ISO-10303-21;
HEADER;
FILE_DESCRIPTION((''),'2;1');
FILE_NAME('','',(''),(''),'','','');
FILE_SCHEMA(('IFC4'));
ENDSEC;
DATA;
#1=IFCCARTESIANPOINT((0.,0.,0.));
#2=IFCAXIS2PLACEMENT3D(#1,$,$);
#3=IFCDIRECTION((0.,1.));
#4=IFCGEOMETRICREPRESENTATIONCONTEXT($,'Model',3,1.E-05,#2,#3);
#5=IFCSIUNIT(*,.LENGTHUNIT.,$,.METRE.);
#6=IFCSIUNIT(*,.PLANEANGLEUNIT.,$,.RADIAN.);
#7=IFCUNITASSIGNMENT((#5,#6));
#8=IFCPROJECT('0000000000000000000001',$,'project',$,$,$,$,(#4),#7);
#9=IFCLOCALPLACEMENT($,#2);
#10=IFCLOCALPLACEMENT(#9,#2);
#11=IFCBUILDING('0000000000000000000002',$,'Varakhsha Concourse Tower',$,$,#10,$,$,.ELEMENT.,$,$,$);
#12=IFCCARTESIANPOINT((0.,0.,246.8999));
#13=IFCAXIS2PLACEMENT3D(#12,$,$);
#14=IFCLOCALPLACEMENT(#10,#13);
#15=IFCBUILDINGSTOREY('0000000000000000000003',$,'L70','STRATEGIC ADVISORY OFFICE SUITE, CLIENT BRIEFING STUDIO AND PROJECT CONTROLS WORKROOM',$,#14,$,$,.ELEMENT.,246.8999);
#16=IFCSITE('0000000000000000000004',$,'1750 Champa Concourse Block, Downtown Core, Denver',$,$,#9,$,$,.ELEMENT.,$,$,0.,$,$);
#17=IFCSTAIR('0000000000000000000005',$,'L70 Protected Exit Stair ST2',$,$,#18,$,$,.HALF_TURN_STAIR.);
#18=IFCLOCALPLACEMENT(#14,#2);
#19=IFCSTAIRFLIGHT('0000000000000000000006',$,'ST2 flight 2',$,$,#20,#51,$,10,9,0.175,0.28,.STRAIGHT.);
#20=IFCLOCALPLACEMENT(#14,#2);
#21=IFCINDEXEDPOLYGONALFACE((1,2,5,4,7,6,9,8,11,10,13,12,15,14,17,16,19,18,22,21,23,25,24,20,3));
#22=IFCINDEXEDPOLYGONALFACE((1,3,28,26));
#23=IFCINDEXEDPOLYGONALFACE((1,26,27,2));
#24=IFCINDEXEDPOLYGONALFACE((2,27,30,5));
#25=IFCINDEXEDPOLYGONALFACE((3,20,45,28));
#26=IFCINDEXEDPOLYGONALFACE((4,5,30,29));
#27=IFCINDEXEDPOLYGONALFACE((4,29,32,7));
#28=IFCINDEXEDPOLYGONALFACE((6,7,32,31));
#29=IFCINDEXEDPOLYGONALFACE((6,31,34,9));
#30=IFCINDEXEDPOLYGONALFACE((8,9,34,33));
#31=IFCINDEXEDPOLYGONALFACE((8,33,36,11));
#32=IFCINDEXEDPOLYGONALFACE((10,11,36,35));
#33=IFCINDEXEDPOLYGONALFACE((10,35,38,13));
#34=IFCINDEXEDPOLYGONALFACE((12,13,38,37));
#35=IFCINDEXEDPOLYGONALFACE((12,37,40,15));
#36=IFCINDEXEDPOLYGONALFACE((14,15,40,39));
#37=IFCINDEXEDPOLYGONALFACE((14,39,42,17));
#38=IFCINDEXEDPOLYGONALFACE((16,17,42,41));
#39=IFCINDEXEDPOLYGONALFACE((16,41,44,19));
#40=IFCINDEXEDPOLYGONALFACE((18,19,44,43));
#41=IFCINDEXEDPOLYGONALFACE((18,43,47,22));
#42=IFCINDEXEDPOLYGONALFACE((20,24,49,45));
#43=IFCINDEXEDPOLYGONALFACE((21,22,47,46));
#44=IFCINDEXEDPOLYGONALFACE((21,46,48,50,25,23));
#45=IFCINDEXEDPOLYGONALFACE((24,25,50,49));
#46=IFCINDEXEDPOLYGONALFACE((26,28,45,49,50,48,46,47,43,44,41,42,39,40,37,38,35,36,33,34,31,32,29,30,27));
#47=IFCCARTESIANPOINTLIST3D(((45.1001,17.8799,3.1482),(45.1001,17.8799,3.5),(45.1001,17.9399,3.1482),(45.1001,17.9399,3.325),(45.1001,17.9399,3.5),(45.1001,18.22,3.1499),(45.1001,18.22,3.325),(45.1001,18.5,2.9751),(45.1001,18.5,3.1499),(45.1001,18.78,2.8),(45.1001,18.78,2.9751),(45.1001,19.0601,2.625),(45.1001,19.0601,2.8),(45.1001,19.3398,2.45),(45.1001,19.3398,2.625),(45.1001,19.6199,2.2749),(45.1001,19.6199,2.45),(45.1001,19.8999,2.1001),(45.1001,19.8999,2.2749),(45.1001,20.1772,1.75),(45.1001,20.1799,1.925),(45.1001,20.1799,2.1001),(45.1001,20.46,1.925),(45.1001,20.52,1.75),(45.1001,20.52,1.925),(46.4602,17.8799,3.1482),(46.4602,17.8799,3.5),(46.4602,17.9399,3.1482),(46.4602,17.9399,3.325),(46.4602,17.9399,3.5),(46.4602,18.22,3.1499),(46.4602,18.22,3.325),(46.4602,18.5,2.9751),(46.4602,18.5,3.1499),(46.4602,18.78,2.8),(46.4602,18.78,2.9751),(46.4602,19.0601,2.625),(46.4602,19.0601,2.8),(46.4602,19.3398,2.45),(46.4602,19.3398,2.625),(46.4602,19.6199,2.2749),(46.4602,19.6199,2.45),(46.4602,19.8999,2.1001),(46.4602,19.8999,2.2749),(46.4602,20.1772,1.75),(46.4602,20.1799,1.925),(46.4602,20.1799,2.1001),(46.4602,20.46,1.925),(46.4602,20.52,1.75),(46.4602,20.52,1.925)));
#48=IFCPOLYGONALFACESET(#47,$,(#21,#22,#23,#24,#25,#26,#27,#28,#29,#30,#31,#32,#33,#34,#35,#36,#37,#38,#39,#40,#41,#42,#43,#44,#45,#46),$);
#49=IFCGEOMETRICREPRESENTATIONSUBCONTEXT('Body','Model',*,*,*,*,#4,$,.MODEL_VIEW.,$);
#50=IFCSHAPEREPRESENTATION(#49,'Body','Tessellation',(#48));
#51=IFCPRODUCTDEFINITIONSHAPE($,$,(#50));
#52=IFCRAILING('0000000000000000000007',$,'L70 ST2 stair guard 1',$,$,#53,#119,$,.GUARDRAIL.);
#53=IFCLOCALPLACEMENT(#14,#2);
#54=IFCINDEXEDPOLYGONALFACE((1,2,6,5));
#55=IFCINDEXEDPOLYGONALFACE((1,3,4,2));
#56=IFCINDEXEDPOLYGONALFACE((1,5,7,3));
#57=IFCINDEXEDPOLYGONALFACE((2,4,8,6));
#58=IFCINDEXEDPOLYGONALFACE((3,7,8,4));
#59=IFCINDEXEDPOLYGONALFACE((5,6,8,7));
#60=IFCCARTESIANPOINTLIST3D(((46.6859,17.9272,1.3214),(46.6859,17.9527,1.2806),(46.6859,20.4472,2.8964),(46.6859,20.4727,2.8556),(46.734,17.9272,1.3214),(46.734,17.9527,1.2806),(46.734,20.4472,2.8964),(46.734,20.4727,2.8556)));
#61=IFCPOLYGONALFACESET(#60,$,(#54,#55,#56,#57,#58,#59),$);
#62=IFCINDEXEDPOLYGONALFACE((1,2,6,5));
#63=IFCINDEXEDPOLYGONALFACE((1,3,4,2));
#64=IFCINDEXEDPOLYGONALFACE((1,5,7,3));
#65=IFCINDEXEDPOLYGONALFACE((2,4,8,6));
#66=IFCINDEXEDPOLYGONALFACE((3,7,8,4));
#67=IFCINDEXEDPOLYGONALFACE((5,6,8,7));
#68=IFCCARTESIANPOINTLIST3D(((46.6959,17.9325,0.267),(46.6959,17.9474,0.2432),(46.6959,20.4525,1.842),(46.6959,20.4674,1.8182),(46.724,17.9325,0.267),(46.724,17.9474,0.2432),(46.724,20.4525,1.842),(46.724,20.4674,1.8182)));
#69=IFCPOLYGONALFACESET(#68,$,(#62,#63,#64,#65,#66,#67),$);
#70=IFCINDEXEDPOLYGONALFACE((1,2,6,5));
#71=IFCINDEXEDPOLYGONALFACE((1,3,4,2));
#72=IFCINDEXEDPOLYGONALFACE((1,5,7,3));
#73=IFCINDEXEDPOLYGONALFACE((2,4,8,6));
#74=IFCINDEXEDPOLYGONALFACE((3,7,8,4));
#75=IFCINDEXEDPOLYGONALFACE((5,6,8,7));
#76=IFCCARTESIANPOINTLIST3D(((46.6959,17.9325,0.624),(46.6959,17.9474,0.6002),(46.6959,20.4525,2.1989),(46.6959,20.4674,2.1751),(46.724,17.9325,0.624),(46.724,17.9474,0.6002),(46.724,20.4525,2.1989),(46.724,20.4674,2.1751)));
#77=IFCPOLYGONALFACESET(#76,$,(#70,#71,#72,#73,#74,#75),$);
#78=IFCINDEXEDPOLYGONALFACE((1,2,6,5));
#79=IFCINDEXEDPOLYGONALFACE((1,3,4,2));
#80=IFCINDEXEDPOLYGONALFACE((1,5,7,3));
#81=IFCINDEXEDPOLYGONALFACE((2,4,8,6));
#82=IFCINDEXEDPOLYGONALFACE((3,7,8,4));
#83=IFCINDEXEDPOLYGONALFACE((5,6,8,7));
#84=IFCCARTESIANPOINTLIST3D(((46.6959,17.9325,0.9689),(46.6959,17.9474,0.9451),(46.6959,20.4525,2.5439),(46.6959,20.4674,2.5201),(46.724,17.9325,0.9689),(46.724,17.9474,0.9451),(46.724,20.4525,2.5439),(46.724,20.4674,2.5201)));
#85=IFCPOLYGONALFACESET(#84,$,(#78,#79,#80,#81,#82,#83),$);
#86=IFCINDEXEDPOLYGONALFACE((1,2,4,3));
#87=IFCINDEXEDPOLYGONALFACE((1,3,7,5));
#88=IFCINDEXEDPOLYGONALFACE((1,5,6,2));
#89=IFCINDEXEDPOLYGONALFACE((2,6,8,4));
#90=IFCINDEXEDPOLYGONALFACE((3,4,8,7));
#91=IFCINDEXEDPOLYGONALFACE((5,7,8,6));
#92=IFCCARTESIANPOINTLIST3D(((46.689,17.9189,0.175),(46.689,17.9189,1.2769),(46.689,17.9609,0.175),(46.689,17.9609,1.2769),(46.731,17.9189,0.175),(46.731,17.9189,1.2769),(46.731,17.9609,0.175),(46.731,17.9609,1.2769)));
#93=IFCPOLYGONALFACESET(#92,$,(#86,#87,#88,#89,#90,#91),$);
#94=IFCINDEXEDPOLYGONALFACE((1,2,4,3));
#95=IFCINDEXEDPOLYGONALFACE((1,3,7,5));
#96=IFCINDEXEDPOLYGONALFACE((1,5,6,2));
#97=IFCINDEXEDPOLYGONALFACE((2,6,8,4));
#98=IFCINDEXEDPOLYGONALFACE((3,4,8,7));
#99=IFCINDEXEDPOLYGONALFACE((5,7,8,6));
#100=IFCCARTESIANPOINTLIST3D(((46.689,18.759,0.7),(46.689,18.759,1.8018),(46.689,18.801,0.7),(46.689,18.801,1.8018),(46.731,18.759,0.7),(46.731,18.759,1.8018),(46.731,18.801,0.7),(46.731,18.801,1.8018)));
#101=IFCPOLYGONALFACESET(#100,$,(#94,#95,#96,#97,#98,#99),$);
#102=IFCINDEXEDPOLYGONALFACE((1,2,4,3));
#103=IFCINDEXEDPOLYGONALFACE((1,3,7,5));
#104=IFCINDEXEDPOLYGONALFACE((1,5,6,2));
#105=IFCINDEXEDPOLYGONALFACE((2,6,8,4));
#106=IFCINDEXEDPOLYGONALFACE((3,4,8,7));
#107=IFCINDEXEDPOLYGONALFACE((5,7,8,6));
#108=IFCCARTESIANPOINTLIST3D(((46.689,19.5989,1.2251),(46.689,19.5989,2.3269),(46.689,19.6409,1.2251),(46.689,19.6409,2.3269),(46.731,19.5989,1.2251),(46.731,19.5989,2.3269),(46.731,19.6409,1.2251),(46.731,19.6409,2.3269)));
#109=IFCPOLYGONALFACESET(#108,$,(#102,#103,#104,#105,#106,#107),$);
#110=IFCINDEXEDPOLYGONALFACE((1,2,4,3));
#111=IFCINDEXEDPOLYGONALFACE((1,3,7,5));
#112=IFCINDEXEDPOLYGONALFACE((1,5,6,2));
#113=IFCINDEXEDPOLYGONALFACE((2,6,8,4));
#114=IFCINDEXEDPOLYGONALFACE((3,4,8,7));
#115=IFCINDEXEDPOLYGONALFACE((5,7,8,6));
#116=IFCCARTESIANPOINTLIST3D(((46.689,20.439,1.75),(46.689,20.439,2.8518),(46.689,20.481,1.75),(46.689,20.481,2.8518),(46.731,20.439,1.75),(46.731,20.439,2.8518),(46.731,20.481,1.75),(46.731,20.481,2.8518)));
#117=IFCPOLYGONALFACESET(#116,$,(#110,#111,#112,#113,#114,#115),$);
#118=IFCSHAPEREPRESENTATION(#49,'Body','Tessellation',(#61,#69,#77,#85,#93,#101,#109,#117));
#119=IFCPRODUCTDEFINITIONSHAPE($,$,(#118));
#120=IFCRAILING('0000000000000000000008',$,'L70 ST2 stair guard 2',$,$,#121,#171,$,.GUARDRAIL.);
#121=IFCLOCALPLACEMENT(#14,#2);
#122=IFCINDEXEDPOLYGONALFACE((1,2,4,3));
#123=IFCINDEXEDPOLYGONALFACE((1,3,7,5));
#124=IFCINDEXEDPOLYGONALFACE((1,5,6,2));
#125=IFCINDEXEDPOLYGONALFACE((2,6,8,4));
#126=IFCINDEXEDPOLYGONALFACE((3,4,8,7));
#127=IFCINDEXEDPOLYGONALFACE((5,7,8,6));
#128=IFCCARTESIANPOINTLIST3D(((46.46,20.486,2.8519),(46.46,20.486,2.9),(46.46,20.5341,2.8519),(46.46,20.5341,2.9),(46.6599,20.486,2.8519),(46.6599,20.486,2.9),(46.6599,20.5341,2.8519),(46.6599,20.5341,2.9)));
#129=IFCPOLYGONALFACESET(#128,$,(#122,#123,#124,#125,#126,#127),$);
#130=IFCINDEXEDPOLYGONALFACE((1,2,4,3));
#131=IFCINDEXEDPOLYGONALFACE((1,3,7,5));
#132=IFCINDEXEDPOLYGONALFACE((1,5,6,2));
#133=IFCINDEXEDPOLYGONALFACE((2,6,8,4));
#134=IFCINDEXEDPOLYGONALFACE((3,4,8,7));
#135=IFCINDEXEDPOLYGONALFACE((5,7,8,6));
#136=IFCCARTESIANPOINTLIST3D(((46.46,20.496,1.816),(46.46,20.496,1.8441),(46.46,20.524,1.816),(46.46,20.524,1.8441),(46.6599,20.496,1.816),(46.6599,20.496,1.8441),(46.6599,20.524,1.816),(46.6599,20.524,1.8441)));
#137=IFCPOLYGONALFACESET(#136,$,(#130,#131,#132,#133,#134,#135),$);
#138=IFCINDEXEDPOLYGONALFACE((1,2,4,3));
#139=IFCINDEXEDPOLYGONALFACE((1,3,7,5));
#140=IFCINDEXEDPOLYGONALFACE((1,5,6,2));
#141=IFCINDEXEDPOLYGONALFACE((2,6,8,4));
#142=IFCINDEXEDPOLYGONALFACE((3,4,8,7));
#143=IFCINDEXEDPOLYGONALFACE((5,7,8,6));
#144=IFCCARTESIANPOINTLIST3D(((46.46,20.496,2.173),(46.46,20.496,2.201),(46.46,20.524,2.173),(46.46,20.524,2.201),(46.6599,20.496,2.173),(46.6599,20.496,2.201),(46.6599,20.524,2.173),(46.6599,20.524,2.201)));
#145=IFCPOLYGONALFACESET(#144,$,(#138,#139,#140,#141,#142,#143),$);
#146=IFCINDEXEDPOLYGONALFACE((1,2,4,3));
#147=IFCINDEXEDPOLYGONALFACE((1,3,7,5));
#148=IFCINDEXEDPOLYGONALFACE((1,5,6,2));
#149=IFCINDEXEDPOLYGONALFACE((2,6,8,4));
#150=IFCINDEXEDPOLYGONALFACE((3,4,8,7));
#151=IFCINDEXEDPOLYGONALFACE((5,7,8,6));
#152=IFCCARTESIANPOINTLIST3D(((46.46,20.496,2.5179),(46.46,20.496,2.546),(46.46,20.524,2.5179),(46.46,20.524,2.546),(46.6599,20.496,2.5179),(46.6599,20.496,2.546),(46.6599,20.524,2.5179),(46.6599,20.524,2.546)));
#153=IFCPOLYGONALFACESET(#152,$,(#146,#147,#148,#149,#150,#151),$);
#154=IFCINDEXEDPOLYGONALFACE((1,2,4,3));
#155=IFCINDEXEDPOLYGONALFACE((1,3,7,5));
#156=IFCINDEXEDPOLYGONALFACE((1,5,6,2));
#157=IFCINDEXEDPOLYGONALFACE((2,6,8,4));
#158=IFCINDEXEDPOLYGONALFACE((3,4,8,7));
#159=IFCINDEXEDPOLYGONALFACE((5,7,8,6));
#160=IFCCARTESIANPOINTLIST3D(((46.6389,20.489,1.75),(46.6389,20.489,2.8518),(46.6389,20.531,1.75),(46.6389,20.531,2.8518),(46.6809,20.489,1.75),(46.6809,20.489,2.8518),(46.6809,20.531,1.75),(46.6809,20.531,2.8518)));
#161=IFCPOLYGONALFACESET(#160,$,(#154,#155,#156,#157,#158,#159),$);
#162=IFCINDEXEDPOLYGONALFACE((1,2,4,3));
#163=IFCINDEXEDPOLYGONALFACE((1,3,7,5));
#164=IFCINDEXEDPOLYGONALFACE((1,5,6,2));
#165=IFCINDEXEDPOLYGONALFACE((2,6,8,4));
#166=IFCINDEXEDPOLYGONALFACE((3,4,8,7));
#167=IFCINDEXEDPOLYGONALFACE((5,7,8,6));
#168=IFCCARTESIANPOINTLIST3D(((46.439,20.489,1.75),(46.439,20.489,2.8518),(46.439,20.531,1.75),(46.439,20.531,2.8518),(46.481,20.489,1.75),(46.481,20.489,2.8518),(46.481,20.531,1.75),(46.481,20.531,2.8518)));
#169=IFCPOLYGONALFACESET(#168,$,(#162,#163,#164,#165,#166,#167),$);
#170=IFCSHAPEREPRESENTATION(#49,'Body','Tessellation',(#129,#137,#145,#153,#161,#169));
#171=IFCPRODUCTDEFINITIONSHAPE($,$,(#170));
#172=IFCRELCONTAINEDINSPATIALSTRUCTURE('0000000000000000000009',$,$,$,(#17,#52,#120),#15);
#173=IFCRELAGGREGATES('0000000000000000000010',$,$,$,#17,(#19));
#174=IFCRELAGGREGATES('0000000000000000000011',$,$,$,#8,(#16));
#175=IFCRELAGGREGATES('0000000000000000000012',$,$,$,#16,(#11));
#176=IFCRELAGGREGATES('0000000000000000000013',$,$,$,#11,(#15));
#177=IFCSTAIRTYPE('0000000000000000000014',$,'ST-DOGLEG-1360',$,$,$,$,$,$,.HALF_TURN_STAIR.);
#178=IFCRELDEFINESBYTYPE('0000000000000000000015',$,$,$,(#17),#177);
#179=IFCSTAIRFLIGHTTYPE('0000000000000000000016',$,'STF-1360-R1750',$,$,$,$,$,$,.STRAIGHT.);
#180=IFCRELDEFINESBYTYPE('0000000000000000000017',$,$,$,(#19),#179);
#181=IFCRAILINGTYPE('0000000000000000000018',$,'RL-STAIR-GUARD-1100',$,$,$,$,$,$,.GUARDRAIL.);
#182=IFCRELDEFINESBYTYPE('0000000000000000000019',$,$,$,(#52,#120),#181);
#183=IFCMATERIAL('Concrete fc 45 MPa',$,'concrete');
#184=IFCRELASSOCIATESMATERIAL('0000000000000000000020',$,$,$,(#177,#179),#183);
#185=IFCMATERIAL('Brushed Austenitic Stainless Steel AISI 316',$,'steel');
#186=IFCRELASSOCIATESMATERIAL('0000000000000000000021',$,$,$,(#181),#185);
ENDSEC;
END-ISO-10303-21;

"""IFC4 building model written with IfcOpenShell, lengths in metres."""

from ifc_helpers import new_model, si_unit, direction, frame, origin, origin_2d, place, context, subcontext, project, spatial, polyline, rectangle, outline, extrude, material, type_object, element, aggregate, save


model = new_model("IFC4")

# Units and contexts
model_context = context("Model", 3, precision=1e-05, world=origin(), true_north=direction((0.0, 1.0)))
body_context = subcontext(model_context, "Body", "Model", "MODEL_VIEW")
ifc_project = project(units=[si_unit("LENGTHUNIT", "METRE"), si_unit("PLANEANGLEUNIT", "RADIAN")], contexts=[model_context])

# Site, building, storey
site_placement = place(None, origin())
site = spatial("IfcSite", under=ifc_project, at=site_placement, Name="1750 Champa Concourse Block, Downtown Core, Denver", CompositionType="ELEMENT", RefElevation=0.0)
building_placement = place(site_placement, origin())
building = spatial("IfcBuilding", under=site, at=building_placement, Name="Varakhsha Concourse Tower", CompositionType="ELEMENT")
storey_placement = place(building_placement, frame((0.0, 0.0, 246.8999)))
storey = spatial("IfcBuildingStorey", under=building, at=storey_placement, Name="L70", Description="STRATEGIC ADVISORY OFFICE SUITE, CLIENT BRIEFING STUDIO AND PROJECT CONTROLS WORKROOM", CompositionType="ELEMENT", Elevation=246.8999)

# Shared definitions
ifc_material_1 = material(Name="Concrete fc 45 MPa", Category="concrete")

# Stair, stair flight
stair_type = type_object("IfcStairType", Name="ST-DOGLEG-1360", PredefinedType="HALF_TURN_STAIR", material=ifc_material_1)
stair_placement = place(storey_placement, origin())
stair = element("IfcStair", 1, at=stair_placement, inside=storey, type_object=stair_type, Name="L70 Protected Exit Stair ST2", PredefinedType="HALF_TURN_STAIR")
stair_flight_type = type_object("IfcStairFlightType", Name="STF-1360-R1750", PredefinedType="STRAIGHT", material=ifc_material_1)
stair_flight_1_placement = place(storey_placement, frame((45.78, 20.46, 1.75), z_axis=(0.0, 0.0, 1.0), x_axis=(0.0, -1.0, 0.0)))
stair_flight_1 = element("IfcStairFlight", 2, at=stair_flight_1_placement, type_object=stair_flight_type, Name="ST2 flight 2", NumberOfRisers=10, NumberOfTreads=9, PredefinedType="STRAIGHT", RiserHeight=0.175, TreadLength=0.28, context=body_context, shape_type="SweptSolid", body=[
    extrude(outline(polyline([(-0.0601, 0.0), (-0.0601, 0.175), (0.0, 0.175), (0.28, 0.175), (0.28, 0.3501), (0.5601, 0.3501), (0.5601, 0.5249), (0.8401, 0.5249), (0.8401, 0.7), (1.1201, 0.7), (1.1201, 0.875), (1.3999, 0.875), (1.3999, 1.05), (1.6799, 1.05), (1.6799, 1.2251), (1.96, 1.2251), (1.96, 1.3999), (2.24, 1.3999), (2.24, 1.575), (2.52, 1.575), (2.52, 1.75), (2.5801, 1.75), (2.5801, 1.3982), (2.52, 1.3982), (0.2827, 0.0), (-0.0601, 0.0)])), frame((0.0, 0.6802, 0.0), z_axis=(0.0, -1.0, 0.0), x_axis=(1.0, 0.0, 0.0)), (0.0, 0.0, 1.0), 1.3601),
])
aggregate(stair, [stair_flight_1])

# Railings
ifc_material_2 = material(Name="Brushed Austenitic Stainless Steel AISI 316", Category="steel")
railing_type_1 = type_object("IfcRailingType", Name="RL-STAIR-GUARD-1100", PredefinedType="GUARDRAIL", material=ifc_material_2)
railing_1_placement = place(storey_placement, frame((46.71, 17.9399, 0.175)))
element("IfcRailing", 3, at=railing_1_placement, inside=storey, type_object=railing_type_1, Name="L70 ST2 stair guard 1", PredefinedType="GUARDRAIL", context=body_context, shape_type="SweptSolid", body=[
    extrude(rectangle(XDim=0.0481, YDim=0.0481, at=origin_2d()), frame((0.0, 0.0, 1.126), z_axis=(0.0, 0.848008, 0.529984), x_axis=(-1.0, 0.0, 0.0)), (0.0, 0.0, 1.0), 2.9717),
    extrude(rectangle(XDim=0.0281, YDim=0.0281, at=origin_2d()), frame((0.0, 0.0, 0.0801), z_axis=(0.0, 0.848008, 0.529984), x_axis=(-1.0, 0.0, 0.0)), (0.0, 0.0, 1.0), 2.9717),
    extrude(rectangle(XDim=0.0281, YDim=0.0281, at=origin_2d()), frame((0.0, 0.0, 0.437), z_axis=(0.0, 0.848008, 0.529984), x_axis=(-1.0, 0.0, 0.0)), (0.0, 0.0, 1.0), 2.9717),
    extrude(rectangle(XDim=0.0281, YDim=0.0281, at=origin_2d()), frame((0.0, 0.0, 0.782), z_axis=(0.0, 0.848008, 0.529984), x_axis=(-1.0, 0.0, 0.0)), (0.0, 0.0, 1.0), 2.9717),
    extrude(rectangle(XDim=0.042, YDim=0.042, at=origin_2d()), origin(), (0.0, 0.0, 1.0), 1.1018),
    extrude(rectangle(XDim=0.042, YDim=0.042, at=origin_2d()), frame((0.0, 0.8401, 0.5249)), (0.0, 0.0, 1.0), 1.1018),
    extrude(rectangle(XDim=0.042, YDim=0.042, at=origin_2d()), frame((0.0, 1.6799, 1.05)), (0.0, 0.0, 1.0), 1.1018),
    extrude(rectangle(XDim=0.042, YDim=0.042, at=origin_2d()), frame((0.0, 2.52, 1.575)), (0.0, 0.0, 1.0), 1.1018),
])
railing_2_placement = place(storey_placement, frame((46.6599, 20.51, 1.75)))
element("IfcRailing", 4, at=railing_2_placement, inside=storey, type_object=railing_type_1, Name="L70 ST2 stair guard 2", PredefinedType="GUARDRAIL", context=body_context, shape_type="SweptSolid", body=[
    extrude(rectangle(XDim=0.0481, YDim=0.0481, at=origin_2d()), frame((0.0, 0.0, 1.126), z_axis=(-1.0, 0.0, 0.0), x_axis=(0.0, -1.0, 0.0)), (0.0, 0.0, 1.0), 0.2),
    extrude(rectangle(XDim=0.0281, YDim=0.0281, at=origin_2d()), frame((0.0, 0.0, 0.0801), z_axis=(-1.0, 0.0, 0.0), x_axis=(0.0, -1.0, 0.0)), (0.0, 0.0, 1.0), 0.2),
    extrude(rectangle(XDim=0.0281, YDim=0.0281, at=origin_2d()), frame((0.0, 0.0, 0.437), z_axis=(-1.0, 0.0, 0.0), x_axis=(0.0, -1.0, 0.0)), (0.0, 0.0, 1.0), 0.2),
    extrude(rectangle(XDim=0.0281, YDim=0.0281, at=origin_2d()), frame((0.0, 0.0, 0.782), z_axis=(-1.0, 0.0, 0.0), x_axis=(0.0, -1.0, 0.0)), (0.0, 0.0, 1.0), 0.2),
    extrude(rectangle(XDim=0.042, YDim=0.042, at=origin_2d()), origin(), (0.0, 0.0, 1.0), 1.1018),
    extrude(rectangle(XDim=0.042, YDim=0.042, at=origin_2d()), frame((-0.2, 0.0, 0.0)), (0.0, 0.0, 1.0), 1.1018),
])

save(model, "model.ifc")
